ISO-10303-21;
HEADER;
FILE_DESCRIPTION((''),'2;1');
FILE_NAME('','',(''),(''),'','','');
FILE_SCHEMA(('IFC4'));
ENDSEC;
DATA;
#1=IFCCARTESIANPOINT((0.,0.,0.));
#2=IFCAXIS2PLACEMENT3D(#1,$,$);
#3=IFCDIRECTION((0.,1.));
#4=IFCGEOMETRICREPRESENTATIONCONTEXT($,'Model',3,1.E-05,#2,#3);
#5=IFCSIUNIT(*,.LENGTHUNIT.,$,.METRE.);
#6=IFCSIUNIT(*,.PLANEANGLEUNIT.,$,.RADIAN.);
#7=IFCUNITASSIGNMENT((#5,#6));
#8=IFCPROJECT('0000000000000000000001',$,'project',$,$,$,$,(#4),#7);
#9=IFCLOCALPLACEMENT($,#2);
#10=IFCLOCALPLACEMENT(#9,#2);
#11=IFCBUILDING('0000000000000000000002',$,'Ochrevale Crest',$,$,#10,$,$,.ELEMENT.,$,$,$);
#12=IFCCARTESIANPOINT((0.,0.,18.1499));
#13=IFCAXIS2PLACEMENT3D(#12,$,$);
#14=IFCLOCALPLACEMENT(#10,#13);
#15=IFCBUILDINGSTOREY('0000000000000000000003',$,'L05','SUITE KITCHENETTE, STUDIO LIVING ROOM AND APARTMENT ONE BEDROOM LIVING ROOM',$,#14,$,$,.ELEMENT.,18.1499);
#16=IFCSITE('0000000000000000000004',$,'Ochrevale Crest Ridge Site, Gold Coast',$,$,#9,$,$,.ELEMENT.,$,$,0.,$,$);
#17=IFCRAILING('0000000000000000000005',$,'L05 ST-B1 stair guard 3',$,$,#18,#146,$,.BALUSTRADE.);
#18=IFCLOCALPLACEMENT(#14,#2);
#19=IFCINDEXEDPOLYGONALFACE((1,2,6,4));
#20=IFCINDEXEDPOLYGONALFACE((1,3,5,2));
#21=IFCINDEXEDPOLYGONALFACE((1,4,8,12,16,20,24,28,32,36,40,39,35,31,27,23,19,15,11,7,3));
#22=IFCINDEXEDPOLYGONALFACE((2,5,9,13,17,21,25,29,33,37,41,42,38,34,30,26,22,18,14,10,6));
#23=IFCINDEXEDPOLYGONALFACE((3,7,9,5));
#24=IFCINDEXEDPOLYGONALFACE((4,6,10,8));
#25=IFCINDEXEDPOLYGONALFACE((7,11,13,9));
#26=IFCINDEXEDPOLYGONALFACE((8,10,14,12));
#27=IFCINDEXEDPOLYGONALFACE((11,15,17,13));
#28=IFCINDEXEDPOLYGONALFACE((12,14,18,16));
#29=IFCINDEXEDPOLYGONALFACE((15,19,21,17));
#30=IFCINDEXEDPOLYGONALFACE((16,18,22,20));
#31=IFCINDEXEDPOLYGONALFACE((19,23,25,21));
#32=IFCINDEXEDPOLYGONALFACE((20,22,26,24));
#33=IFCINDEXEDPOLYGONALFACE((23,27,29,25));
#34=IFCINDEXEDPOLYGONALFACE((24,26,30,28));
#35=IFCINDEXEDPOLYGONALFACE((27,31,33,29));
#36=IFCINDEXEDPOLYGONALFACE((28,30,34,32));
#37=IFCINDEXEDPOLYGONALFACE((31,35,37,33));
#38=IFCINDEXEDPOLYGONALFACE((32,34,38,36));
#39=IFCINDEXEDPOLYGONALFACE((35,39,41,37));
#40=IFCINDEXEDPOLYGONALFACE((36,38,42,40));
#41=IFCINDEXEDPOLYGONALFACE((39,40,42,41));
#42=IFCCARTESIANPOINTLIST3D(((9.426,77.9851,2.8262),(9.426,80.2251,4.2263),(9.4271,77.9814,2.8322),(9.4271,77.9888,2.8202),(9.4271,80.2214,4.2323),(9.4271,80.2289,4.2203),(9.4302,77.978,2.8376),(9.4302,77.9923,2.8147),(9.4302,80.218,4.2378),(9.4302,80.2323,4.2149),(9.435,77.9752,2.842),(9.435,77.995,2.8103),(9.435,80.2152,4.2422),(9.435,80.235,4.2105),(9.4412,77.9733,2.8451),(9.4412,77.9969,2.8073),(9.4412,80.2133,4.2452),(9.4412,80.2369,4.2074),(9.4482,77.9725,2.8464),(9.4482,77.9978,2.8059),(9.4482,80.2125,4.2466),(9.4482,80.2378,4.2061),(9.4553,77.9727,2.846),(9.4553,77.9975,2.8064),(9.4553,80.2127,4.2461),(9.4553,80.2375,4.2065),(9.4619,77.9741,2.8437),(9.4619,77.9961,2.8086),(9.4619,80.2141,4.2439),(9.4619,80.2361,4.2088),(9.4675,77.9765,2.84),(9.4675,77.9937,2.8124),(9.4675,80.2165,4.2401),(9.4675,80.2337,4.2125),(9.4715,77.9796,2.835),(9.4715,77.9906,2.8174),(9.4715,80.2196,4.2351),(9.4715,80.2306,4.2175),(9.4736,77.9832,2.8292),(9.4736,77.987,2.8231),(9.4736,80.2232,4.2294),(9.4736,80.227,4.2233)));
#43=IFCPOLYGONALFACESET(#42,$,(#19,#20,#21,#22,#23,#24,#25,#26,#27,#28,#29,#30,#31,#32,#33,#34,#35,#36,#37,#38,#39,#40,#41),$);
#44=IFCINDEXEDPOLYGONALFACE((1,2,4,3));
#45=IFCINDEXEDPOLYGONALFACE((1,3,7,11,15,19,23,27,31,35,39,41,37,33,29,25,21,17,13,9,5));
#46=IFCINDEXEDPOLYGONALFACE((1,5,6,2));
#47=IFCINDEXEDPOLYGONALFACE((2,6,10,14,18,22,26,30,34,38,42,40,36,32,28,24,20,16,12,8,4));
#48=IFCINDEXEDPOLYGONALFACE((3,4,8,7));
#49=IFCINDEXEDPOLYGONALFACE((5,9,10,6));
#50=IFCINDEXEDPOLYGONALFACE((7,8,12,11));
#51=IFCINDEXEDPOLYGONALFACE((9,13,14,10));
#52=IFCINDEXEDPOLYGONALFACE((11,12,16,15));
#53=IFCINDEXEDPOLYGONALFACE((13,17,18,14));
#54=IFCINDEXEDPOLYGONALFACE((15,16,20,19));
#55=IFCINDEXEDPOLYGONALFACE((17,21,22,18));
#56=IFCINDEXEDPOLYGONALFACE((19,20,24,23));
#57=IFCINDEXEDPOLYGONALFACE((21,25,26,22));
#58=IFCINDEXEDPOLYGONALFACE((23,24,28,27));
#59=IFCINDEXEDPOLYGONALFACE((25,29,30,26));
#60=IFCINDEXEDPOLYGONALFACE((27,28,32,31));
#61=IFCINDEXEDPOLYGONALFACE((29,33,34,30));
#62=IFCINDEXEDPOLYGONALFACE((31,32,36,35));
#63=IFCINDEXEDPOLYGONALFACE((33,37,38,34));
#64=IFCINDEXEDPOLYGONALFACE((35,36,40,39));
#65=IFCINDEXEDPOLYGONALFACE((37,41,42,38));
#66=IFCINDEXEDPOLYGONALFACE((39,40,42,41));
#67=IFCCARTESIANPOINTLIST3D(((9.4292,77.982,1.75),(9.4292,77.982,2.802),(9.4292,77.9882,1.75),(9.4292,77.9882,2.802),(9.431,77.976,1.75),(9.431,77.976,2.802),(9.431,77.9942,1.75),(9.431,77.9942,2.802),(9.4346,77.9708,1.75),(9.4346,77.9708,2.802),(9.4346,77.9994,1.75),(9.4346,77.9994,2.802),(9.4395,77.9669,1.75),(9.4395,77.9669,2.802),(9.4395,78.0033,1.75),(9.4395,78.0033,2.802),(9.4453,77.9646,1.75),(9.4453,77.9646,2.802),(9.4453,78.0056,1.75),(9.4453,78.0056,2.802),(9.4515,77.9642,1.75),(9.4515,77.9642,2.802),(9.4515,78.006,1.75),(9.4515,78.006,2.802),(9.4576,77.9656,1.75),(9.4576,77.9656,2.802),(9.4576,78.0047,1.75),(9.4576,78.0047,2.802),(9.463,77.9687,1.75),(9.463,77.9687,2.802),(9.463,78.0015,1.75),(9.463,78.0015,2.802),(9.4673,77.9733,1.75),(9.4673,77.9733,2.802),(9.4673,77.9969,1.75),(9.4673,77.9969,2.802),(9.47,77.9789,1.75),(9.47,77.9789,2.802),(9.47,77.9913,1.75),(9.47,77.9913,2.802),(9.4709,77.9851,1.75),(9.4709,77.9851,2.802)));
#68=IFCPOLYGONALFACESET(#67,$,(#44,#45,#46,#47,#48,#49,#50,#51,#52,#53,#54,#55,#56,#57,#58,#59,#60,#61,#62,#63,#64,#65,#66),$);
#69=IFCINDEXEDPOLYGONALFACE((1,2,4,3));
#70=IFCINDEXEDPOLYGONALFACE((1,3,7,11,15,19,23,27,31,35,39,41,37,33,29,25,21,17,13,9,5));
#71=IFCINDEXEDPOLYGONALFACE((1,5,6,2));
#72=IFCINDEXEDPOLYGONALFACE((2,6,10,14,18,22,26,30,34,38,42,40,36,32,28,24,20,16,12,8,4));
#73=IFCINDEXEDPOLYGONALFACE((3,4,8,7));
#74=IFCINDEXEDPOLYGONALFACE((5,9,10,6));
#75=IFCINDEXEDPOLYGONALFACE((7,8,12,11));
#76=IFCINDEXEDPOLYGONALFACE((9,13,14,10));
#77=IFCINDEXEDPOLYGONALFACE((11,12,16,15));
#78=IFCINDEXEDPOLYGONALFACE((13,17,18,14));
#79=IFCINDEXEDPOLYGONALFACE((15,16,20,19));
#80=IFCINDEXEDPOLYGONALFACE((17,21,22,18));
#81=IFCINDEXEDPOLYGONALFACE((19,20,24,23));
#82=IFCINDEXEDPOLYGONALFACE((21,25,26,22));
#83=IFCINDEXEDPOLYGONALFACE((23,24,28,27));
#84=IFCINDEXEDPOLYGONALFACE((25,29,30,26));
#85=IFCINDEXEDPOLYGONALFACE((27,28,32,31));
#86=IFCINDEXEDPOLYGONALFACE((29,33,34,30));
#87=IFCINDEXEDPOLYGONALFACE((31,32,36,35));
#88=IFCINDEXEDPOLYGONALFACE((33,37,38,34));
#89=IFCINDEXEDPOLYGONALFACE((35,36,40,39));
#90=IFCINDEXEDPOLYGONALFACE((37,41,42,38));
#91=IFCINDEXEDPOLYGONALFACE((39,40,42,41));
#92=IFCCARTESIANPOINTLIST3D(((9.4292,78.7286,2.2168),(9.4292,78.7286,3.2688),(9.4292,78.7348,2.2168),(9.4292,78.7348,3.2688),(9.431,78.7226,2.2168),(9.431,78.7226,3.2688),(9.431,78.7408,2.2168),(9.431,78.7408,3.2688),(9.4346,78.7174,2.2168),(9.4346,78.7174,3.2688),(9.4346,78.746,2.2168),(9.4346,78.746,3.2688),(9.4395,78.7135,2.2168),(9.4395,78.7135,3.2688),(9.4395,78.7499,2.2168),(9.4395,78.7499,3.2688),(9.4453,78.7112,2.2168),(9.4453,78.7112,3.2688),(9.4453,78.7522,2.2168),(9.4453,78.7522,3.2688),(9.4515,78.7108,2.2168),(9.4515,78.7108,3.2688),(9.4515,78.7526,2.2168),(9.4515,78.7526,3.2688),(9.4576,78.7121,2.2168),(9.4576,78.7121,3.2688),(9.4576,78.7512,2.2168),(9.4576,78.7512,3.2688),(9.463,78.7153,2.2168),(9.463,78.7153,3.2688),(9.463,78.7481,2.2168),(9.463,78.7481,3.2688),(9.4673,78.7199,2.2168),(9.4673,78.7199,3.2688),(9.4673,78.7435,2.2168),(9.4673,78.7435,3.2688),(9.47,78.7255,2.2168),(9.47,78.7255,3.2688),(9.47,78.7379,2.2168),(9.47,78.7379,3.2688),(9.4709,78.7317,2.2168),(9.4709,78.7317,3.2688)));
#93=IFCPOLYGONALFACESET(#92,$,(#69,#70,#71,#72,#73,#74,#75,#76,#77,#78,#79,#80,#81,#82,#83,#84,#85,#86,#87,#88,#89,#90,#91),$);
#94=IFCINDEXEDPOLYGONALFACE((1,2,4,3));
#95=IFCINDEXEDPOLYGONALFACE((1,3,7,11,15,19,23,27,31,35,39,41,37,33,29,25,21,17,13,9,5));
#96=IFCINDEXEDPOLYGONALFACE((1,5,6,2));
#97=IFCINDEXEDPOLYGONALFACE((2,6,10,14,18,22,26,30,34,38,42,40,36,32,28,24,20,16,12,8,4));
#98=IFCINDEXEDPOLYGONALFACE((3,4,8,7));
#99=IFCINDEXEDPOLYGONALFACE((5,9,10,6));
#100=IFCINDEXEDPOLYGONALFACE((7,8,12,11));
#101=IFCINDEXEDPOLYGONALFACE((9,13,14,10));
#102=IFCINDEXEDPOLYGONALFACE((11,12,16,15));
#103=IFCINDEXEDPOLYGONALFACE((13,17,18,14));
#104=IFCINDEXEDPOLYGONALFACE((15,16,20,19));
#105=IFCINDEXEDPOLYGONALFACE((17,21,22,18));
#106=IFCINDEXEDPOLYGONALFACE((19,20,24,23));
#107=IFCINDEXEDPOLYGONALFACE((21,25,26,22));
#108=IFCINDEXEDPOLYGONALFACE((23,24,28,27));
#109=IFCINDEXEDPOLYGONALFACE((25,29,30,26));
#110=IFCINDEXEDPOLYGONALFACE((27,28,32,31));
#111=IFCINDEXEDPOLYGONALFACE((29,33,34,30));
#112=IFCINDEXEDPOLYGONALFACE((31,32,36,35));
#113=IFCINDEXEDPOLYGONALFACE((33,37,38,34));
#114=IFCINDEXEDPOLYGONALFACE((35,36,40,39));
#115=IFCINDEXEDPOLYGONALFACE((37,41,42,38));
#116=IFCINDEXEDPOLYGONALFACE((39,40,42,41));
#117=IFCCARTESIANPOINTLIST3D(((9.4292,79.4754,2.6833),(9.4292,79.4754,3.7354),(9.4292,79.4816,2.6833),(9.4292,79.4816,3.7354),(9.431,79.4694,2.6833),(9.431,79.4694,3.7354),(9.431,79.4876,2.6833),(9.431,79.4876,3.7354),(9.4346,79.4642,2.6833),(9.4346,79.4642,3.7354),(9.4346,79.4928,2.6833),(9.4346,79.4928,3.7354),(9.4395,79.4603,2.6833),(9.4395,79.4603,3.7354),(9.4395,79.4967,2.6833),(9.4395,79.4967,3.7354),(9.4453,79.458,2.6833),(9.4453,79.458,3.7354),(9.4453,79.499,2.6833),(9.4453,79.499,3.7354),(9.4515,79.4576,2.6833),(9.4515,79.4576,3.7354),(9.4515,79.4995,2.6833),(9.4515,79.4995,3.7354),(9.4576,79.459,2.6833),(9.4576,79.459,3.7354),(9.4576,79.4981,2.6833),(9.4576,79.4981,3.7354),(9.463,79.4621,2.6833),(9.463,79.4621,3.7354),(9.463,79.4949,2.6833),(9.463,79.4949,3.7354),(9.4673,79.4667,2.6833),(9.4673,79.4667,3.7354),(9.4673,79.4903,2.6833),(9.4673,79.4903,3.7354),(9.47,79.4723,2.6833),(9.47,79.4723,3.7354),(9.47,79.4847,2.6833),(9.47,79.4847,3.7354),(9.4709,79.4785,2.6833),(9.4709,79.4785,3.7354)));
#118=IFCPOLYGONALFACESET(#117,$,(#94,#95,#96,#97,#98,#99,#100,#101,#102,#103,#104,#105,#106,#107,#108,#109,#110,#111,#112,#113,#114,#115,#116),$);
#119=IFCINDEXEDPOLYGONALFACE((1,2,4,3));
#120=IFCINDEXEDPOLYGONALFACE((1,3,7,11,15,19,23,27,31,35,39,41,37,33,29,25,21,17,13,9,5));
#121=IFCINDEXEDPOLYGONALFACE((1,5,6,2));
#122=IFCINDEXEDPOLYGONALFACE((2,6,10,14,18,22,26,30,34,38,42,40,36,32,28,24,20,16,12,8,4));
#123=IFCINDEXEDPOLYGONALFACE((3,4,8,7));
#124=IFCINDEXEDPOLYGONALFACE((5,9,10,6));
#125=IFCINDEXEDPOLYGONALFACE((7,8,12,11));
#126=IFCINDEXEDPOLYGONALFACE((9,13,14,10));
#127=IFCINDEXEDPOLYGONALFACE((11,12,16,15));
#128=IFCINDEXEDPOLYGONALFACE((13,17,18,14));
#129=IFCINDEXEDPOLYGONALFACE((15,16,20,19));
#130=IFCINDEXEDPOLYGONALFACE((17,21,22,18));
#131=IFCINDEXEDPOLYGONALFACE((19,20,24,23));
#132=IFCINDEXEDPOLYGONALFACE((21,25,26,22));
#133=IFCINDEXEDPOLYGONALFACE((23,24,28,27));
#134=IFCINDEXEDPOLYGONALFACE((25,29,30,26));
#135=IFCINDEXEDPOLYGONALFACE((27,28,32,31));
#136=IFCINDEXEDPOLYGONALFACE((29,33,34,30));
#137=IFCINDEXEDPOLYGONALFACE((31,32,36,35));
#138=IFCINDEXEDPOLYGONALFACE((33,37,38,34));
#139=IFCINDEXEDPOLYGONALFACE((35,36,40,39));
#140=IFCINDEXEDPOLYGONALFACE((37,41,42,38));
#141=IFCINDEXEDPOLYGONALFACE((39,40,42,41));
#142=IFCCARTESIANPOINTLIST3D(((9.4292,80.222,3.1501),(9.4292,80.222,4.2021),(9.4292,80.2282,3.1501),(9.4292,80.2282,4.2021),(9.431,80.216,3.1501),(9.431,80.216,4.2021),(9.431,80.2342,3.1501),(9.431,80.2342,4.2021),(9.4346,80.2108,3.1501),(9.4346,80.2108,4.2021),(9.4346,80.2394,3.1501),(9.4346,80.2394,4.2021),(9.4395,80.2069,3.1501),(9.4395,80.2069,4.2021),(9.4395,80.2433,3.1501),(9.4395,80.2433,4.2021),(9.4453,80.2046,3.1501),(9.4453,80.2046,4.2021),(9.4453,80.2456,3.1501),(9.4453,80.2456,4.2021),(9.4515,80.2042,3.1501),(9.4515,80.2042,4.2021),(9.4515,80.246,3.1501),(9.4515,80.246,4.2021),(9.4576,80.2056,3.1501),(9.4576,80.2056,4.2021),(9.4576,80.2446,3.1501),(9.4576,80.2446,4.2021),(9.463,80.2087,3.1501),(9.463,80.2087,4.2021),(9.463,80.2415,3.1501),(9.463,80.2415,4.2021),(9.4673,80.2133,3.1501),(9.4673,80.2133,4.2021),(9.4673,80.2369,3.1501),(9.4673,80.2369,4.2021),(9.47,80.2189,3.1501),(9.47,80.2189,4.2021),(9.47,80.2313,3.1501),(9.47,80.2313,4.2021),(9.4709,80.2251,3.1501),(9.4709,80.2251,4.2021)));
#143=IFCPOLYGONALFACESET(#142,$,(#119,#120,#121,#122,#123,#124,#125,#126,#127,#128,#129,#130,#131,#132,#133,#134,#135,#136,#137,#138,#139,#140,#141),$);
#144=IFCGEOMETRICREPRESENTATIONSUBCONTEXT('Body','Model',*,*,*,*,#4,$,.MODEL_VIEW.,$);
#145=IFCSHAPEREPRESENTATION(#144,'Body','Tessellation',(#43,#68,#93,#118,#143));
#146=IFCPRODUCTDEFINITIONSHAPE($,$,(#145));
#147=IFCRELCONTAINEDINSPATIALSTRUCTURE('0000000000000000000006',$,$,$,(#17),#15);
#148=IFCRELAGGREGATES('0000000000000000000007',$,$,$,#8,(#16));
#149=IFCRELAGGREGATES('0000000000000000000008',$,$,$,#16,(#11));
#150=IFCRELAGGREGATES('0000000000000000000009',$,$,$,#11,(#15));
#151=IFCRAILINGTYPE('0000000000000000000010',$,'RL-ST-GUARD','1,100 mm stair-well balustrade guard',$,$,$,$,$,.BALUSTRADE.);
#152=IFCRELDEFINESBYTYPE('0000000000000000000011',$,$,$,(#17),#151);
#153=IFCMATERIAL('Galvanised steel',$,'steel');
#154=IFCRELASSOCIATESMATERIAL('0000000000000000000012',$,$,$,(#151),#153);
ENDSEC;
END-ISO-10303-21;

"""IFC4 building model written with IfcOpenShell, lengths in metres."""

from ifc_helpers import new_model, si_unit, direction, frame, origin, origin_2d, place, context, subcontext, project, spatial, circle, extrude, material, type_object, element, save


model = new_model("IFC4")

# Units and contexts
model_context = context("Model", 3, precision=1e-05, world=origin(), true_north=direction((0.0, 1.0)))
body_context = subcontext(model_context, "Body", "Model", "MODEL_VIEW")
ifc_project = project(units=[si_unit("LENGTHUNIT", "METRE"), si_unit("PLANEANGLEUNIT", "RADIAN")], contexts=[model_context])

# Site, building, storey
site_placement = place(None, origin())
site = spatial("IfcSite", under=ifc_project, at=site_placement, Name="Ochrevale Crest Ridge Site, Gold Coast", CompositionType="ELEMENT", RefElevation=0.0)
building_placement = place(site_placement, origin())
building = spatial("IfcBuilding", under=site, at=building_placement, Name="Ochrevale Crest", CompositionType="ELEMENT")
storey_placement = place(building_placement, frame((0.0, 0.0, 18.1499)))
storey = spatial("IfcBuildingStorey", under=building, at=storey_placement, Name="L05", Description="SUITE KITCHENETTE, STUDIO LIVING ROOM AND APARTMENT ONE BEDROOM LIVING ROOM", CompositionType="ELEMENT", Elevation=18.1499)

# Railing
ifc_material_1 = material(Name="Galvanised steel", Category="steel")
railing_type_1 = type_object("IfcRailingType", Name="RL-ST-GUARD", Description="1,100 mm stair-well balustrade guard", PredefinedType="BALUSTRADE", material=ifc_material_1)
railing_1_placement = place(storey_placement, frame((9.45, 77.9851, 1.75)))
element("IfcRailing", 1, at=railing_1_placement, inside=storey, type_object=railing_type_1, Name="L05 ST-B1 stair guard 3", PredefinedType="BALUSTRADE", context=body_context, shape_type="SweptSolid", body=[
    extrude(circle(Radius=0.0239, at=origin_2d()), frame((0.0, 0.0, 1.0762), z_axis=(0.0, 0.847972, 0.53004), x_axis=(-1.0, 0.0, 0.0)), (0.0, 0.0, 1.0), 2.6416),
    extrude(circle(Radius=0.021, at=origin_2d()), origin(), (0.0, 0.0, 1.0), 1.052),
    extrude(circle(Radius=0.021, at=origin_2d()), frame((0.0, 0.7466, 0.4668)), (0.0, 0.0, 1.0), 1.052),
    extrude(circle(Radius=0.021, at=origin_2d()), frame((0.0, 1.4934, 0.9333)), (0.0, 0.0, 1.0), 1.052),
    extrude(circle(Radius=0.021, at=origin_2d()), frame((0.0, 2.24, 1.4001)), (0.0, 0.0, 1.0), 1.052),
])

save(model, "model.ifc")
